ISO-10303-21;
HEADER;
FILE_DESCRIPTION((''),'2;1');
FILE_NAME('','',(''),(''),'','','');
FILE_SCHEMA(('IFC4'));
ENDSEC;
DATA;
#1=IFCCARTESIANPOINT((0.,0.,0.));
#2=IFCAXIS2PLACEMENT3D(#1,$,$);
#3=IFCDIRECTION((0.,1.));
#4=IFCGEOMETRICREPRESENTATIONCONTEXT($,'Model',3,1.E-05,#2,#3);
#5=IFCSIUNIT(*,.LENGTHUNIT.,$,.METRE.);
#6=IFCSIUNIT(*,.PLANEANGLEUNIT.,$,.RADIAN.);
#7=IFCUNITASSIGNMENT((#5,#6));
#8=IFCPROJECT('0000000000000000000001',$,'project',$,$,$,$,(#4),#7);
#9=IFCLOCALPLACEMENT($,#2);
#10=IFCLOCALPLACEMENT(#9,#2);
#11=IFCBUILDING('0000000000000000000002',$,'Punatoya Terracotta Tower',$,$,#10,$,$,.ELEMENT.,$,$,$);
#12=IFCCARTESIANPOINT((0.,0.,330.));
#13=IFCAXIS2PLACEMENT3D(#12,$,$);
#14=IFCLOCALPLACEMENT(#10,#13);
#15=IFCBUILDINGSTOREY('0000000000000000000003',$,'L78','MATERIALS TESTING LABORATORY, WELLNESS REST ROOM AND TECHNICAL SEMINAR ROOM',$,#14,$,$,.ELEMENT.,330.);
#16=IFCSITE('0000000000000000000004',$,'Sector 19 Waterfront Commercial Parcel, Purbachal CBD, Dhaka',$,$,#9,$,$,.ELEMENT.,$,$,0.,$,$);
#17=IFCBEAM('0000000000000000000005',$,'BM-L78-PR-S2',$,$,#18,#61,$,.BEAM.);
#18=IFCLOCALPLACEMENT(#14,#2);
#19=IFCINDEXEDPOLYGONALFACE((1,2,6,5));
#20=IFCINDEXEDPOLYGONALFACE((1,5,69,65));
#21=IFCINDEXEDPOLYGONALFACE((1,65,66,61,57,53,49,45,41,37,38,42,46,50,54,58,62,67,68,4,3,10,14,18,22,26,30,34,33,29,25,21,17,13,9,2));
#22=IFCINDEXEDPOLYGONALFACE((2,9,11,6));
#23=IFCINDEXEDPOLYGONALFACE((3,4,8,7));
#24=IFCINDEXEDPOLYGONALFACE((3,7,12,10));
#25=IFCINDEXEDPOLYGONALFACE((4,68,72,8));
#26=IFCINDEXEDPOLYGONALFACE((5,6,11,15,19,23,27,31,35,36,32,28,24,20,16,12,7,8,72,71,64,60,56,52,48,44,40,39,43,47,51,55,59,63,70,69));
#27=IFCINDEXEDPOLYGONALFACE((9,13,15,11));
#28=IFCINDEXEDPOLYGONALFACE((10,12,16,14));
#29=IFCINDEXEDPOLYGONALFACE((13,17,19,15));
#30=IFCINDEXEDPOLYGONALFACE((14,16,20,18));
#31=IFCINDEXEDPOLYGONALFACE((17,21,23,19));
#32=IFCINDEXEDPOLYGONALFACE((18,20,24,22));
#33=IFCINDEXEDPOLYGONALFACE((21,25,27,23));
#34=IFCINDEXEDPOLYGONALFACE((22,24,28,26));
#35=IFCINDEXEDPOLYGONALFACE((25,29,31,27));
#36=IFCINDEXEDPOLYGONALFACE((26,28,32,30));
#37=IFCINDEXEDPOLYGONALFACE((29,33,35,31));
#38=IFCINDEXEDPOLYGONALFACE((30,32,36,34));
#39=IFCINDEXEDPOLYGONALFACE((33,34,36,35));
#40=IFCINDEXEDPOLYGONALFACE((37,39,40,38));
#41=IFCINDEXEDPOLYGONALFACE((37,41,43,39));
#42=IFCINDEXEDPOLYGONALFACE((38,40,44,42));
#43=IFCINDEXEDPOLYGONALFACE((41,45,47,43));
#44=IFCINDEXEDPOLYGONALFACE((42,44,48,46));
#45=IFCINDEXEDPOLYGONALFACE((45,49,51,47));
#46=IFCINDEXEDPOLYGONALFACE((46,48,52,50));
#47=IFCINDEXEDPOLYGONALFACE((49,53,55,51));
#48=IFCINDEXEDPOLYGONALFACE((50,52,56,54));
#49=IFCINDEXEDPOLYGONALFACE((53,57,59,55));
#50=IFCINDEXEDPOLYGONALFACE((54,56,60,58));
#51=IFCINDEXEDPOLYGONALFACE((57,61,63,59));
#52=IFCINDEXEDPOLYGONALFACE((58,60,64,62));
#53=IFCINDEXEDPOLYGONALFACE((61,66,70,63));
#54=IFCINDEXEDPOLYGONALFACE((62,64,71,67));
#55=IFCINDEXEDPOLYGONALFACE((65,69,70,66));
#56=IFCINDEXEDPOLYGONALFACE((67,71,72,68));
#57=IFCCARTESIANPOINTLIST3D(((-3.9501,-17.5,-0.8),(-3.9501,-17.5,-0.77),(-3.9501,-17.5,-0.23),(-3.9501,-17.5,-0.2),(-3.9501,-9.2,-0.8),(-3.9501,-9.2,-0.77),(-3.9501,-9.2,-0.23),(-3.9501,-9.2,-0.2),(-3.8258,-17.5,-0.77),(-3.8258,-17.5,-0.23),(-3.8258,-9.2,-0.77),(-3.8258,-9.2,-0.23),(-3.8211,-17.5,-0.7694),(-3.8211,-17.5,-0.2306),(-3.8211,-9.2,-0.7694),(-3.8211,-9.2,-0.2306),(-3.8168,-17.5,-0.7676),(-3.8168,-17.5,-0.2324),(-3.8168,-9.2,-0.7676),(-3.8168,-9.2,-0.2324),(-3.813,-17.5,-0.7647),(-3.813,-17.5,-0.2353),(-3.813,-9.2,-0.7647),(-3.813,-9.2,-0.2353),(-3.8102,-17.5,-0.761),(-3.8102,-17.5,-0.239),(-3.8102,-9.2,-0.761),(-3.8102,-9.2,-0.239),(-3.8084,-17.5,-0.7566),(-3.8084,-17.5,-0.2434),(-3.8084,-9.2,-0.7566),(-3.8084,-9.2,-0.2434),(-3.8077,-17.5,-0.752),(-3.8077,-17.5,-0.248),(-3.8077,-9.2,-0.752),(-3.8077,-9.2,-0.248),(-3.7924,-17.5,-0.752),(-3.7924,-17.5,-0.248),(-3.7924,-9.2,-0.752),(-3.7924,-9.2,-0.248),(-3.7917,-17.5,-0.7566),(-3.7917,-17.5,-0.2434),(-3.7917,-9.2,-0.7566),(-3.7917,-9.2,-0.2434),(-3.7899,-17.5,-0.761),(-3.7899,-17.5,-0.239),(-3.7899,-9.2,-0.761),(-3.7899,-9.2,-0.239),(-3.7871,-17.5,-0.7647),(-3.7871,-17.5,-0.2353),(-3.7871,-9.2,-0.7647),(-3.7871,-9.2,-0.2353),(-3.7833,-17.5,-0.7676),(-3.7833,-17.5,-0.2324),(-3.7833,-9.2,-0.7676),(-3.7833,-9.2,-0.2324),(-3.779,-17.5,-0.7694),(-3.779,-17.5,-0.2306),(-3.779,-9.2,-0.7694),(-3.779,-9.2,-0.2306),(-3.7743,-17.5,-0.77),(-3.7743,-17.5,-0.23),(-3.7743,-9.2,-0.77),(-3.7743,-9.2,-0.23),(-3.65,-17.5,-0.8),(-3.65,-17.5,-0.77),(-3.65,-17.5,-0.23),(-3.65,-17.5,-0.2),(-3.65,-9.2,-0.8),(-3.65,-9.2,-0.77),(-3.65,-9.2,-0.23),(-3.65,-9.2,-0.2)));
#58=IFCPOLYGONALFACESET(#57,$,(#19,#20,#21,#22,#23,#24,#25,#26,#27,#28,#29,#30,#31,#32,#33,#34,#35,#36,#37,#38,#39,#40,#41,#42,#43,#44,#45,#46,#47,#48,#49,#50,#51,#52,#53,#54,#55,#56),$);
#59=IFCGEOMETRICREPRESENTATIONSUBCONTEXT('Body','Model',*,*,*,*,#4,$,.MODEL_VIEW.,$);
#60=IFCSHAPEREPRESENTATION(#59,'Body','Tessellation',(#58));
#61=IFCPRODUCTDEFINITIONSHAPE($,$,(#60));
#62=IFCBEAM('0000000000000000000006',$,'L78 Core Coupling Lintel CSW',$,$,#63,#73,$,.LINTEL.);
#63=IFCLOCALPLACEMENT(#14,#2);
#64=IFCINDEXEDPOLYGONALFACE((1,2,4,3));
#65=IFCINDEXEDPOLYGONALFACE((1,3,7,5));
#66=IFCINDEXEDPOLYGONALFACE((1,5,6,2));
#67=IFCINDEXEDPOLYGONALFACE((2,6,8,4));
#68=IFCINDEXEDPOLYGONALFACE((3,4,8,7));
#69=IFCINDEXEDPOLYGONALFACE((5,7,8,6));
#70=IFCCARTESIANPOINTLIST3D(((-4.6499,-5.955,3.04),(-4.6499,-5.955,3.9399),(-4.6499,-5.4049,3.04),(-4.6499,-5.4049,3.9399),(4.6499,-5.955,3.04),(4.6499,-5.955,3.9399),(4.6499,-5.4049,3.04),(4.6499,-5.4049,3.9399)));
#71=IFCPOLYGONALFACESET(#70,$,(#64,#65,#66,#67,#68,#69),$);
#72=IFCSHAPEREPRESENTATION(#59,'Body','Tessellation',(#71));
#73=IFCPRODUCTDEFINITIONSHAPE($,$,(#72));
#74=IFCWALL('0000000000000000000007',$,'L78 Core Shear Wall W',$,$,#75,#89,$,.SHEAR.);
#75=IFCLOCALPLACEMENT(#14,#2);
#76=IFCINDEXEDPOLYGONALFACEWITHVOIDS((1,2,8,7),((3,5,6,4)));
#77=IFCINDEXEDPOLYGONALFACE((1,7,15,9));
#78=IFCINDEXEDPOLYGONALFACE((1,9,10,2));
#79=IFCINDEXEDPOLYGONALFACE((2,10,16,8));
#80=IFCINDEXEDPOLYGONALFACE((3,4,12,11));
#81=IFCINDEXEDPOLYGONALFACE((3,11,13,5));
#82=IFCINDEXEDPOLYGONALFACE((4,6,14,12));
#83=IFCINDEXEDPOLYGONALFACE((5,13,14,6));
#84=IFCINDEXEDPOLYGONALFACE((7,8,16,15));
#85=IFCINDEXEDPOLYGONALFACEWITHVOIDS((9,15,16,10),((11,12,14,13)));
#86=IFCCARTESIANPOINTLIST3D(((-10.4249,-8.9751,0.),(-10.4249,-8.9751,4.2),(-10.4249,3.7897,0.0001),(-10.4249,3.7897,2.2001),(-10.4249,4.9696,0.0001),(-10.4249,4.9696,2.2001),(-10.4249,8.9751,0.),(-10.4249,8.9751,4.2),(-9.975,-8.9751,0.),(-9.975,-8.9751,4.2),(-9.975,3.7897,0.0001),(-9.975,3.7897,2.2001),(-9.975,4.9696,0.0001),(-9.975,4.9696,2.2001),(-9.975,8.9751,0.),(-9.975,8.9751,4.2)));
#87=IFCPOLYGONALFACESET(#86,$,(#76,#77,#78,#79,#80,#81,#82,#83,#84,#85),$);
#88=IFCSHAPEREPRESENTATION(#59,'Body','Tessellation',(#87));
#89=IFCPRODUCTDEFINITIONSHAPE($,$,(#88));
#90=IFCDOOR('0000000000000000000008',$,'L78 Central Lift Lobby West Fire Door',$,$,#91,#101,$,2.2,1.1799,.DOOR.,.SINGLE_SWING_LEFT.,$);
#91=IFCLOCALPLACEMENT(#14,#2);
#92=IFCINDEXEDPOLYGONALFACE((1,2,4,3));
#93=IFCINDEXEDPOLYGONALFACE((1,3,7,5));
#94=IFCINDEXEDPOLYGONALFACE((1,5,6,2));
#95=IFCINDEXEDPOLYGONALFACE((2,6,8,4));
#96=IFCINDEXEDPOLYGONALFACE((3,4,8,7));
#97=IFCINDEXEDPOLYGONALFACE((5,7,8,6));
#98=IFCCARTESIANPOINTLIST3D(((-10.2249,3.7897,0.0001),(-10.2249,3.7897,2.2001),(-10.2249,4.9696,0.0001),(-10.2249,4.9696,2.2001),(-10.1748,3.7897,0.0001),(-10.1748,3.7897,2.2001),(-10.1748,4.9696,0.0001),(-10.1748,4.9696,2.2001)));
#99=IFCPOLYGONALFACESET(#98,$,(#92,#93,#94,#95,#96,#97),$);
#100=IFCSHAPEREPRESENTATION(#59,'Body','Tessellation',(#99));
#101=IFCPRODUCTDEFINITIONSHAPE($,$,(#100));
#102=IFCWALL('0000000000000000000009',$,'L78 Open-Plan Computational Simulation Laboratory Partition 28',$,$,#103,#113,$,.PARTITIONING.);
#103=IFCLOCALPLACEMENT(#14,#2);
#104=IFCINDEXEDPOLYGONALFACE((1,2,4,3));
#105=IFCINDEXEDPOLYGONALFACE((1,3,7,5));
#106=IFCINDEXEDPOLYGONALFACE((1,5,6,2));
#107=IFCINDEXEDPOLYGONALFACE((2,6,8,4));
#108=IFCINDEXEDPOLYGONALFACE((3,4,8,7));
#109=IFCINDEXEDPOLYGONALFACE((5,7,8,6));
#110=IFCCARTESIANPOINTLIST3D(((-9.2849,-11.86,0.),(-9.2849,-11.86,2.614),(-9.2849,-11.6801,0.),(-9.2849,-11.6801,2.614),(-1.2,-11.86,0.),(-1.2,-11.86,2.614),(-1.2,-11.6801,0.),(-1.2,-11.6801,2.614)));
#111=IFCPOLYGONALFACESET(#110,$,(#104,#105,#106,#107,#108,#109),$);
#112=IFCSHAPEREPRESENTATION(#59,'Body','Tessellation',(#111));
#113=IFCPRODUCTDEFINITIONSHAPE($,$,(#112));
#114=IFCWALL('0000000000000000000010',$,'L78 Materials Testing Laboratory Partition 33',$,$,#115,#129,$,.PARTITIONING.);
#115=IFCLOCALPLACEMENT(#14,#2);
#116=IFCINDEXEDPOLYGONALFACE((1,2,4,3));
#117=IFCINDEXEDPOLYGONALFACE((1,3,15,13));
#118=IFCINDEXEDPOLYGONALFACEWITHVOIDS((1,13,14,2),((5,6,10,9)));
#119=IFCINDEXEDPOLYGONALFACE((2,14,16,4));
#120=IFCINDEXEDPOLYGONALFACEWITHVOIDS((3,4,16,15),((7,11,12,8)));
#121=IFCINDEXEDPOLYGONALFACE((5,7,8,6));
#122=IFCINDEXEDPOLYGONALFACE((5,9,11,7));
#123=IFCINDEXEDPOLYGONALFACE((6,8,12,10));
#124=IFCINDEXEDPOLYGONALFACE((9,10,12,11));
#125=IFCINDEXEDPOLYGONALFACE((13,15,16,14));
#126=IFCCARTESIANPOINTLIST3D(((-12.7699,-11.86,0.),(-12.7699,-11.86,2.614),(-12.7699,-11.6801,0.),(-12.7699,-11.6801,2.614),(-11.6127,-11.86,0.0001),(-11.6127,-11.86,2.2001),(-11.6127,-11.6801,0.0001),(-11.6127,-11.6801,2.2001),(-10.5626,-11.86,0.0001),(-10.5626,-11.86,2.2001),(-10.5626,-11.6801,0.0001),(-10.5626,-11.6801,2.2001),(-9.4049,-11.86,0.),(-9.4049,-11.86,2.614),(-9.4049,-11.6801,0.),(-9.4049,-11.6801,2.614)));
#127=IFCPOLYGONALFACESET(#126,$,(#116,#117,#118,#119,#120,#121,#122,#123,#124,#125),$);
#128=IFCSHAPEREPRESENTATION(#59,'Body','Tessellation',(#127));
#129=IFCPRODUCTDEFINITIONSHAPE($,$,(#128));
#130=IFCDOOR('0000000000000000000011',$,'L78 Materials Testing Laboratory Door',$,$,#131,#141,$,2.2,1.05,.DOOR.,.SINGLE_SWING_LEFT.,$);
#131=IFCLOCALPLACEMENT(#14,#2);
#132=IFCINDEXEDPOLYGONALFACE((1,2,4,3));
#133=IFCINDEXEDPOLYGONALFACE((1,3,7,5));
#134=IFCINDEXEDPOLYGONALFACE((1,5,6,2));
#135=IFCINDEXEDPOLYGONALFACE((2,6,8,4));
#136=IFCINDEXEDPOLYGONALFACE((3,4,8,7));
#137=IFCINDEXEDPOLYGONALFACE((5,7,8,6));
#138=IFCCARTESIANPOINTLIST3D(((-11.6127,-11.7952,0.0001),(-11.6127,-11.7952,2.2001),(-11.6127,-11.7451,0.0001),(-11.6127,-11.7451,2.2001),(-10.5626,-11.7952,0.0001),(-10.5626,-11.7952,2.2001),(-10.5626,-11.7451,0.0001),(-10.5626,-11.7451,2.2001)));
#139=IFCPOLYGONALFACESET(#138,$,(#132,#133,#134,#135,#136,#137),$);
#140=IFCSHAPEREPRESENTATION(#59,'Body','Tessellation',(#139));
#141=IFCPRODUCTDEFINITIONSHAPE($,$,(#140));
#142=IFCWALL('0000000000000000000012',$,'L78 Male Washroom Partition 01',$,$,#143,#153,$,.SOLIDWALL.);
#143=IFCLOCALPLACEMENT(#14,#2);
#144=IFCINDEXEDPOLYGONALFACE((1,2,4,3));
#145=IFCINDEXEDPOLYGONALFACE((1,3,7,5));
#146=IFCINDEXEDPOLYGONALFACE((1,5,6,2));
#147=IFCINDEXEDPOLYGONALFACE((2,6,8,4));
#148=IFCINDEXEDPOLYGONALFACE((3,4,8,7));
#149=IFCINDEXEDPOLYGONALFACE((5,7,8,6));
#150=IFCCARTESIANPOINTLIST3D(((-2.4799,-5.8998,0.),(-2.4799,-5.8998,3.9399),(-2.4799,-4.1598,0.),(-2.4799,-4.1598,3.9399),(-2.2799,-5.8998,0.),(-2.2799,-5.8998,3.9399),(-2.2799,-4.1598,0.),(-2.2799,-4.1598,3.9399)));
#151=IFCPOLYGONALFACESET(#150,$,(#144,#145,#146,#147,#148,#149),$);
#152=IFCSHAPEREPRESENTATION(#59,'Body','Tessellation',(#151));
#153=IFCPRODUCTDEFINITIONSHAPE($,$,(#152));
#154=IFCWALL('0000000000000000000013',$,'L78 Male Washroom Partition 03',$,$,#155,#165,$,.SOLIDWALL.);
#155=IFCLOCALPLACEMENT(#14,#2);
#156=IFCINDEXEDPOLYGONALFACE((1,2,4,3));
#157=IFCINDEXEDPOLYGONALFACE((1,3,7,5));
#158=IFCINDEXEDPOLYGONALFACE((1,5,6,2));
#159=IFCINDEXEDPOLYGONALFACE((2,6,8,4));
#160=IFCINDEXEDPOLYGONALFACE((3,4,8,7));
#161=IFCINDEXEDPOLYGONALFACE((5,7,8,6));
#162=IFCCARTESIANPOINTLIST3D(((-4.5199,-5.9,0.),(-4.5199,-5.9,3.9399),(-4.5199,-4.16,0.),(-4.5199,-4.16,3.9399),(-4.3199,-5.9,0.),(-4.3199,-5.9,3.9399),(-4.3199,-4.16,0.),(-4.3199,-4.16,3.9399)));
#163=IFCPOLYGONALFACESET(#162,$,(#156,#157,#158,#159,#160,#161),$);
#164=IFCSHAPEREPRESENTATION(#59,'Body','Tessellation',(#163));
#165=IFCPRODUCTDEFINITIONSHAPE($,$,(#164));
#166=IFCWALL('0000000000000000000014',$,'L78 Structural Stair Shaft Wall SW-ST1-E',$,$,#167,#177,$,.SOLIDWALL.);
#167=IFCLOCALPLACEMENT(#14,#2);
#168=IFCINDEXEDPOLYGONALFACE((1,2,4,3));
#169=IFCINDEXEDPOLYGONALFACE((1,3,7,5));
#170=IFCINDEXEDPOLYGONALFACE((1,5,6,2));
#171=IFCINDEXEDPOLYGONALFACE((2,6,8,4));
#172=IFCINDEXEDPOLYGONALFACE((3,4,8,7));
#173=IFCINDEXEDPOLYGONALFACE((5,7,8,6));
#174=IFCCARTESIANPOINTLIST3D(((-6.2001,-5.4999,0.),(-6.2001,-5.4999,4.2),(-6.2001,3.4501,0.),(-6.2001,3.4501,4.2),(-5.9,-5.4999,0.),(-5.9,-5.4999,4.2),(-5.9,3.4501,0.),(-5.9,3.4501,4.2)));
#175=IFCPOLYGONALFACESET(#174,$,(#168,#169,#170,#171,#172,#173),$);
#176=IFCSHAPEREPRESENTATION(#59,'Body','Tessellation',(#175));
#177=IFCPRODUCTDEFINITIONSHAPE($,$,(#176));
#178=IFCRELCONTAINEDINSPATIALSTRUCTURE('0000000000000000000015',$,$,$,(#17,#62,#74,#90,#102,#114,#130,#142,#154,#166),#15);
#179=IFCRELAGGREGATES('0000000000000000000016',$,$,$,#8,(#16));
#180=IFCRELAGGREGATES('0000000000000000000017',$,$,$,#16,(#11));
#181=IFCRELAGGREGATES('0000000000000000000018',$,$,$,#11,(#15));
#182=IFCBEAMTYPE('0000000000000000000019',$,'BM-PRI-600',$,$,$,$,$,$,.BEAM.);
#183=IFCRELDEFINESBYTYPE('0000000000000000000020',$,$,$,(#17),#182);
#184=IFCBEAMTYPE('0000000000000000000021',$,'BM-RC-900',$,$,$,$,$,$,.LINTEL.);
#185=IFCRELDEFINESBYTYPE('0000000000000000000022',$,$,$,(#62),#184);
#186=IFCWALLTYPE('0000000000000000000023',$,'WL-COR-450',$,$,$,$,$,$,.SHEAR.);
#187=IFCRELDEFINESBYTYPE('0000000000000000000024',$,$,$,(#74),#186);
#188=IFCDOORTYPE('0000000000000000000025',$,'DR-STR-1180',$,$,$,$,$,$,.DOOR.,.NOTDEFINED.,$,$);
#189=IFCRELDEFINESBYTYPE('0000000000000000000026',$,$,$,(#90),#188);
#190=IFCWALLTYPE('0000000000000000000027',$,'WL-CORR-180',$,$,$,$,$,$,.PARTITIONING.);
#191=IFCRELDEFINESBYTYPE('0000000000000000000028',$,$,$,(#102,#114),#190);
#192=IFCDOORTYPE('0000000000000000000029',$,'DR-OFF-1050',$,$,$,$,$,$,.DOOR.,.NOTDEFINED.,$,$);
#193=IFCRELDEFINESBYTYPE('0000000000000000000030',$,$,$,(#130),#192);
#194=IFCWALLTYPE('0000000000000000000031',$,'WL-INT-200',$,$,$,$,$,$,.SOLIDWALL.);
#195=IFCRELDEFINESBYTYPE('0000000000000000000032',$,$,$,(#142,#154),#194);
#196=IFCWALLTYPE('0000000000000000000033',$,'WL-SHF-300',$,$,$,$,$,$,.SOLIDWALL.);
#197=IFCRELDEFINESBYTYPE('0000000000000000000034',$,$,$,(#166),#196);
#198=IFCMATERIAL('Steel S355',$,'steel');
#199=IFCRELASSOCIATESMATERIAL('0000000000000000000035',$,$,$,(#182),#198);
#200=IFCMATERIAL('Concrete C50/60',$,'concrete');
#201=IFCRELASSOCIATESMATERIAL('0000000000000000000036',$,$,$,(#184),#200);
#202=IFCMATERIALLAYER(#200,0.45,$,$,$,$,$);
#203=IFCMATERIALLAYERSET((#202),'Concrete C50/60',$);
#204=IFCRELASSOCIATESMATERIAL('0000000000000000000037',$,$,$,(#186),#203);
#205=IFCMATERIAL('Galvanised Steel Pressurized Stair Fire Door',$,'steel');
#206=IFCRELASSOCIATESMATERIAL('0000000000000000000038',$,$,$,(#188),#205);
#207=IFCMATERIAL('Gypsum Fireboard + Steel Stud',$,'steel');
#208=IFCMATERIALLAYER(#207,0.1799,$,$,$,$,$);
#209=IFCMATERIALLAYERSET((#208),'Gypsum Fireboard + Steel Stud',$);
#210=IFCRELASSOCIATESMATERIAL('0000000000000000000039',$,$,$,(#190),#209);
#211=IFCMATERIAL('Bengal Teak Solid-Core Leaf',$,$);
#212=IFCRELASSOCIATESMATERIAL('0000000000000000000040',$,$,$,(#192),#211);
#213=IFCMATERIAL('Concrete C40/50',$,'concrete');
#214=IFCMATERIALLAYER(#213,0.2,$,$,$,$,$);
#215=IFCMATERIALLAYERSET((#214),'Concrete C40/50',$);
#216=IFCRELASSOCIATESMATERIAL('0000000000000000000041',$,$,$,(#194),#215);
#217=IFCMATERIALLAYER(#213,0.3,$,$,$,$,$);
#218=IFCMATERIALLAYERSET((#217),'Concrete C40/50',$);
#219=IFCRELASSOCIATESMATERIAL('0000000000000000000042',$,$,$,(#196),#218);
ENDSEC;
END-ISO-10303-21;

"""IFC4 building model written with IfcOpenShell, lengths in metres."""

from ifc_helpers import new_model, si_unit, direction, frame, frame_2d, origin, origin_2d, place, context, subcontext, project, spatial, rectangle, i_section, extrude, material, layer, layer_set, material_profile, profile_set, type_object, element, fill, save


model = new_model("IFC4")

# Units and contexts
model_context = context("Model", 3, precision=1e-05, world=origin(), true_north=direction((0.0, 1.0)))
body_context = subcontext(model_context, "Body", "Model", "MODEL_VIEW")
ifc_project = project(units=[si_unit("LENGTHUNIT", "METRE"), si_unit("PLANEANGLEUNIT", "RADIAN")], contexts=[model_context])

# Site, building, storey
site_placement = place(None, origin())
site = spatial("IfcSite", under=ifc_project, at=site_placement, Name="Sector 19 Waterfront Commercial Parcel, Purbachal CBD, Dhaka", CompositionType="ELEMENT", RefElevation=0.0)
building_placement = place(site_placement, origin())
building = spatial("IfcBuilding", under=site, at=building_placement, Name="Punatoya Terracotta Tower", CompositionType="ELEMENT")
storey_placement = place(building_placement, frame((0.0, 0.0, 330.0)))
storey = spatial("IfcBuildingStorey", under=building, at=storey_placement, Name="L78", Description="MATERIALS TESTING LABORATORY, WELLNESS REST ROOM AND TECHNICAL SEMINAR ROOM", CompositionType="ELEMENT", Elevation=330.0)

# Beams
ifc_material_1 = material(Name="Steel S355", Category="steel")
ifc_material_profile_1 = material_profile(ifc_material_1, i_section(OverallWidth=0.3, OverallDepth=0.6001, WebThickness=0.0154, FlangeThickness=0.03, FilletRadius=0.0181, at=origin_2d()))
ifc_profile_set_1 = profile_set([ifc_material_profile_1], Name="Steel S355")
beam_type_1 = type_object("IfcBeamType", Name="BM-PRI-600", PredefinedType="BEAM", material=ifc_profile_set_1)
beam_1_placement = place(storey_placement, frame((-3.8, -17.5, -0.5), z_axis=(0.0, 1.0, 0.0), x_axis=(-1.0, 0.0, 0.0)))
element("IfcBeam", 1, at=beam_1_placement, inside=storey, type_object=beam_type_1, Name="BM-L78-PR-S2", PredefinedType="BEAM", context=body_context, shape_type="SweptSolid", body=[
    extrude(i_section(OverallWidth=0.3, OverallDepth=0.6001, WebThickness=0.0154, FlangeThickness=0.03, FilletRadius=0.0181, at=origin_2d()), origin(), (0.0, 0.0, 1.0), 8.3),
])
ifc_material_2 = material(Name="Concrete C50/60", Category="concrete")
ifc_material_profile_2 = material_profile(ifc_material_2, rectangle(XDim=0.55, YDim=0.8999, at=origin_2d()))
ifc_profile_set_2 = profile_set([ifc_material_profile_2], Name="Concrete C50/60")
beam_type_2 = type_object("IfcBeamType", Name="BM-RC-900", PredefinedType="LINTEL", material=ifc_profile_set_2)
beam_2_placement = place(storey_placement, frame((-4.6499, -5.6799, 3.49), z_axis=(1.0, 0.0, 0.0), x_axis=(0.0, 1.0, 0.0)))
element("IfcBeam", 2, at=beam_2_placement, inside=storey, type_object=beam_type_2, Name="L78 Core Coupling Lintel CSW", PredefinedType="LINTEL", context=body_context, shape_type="SweptSolid", body=[
    extrude(rectangle(XDim=0.55, YDim=0.8999, at=origin_2d()), origin(), (0.0, 0.0, 1.0), 9.2998),
])

# Wall, opening, door
ifc_layer_1 = layer(ifc_material_2, 0.45)
ifc_layer_set_1 = layer_set([ifc_layer_1], Name="Concrete C50/60")
wall_type_1 = type_object("IfcWallType", Name="WL-COR-450", PredefinedType="SHEAR", material=ifc_layer_set_1)
wall_1_placement = place(storey_placement, frame((-10.2, -8.9751, 0.0), z_axis=(0.0, 0.0, 1.0), x_axis=(0.0, 1.0, 0.0)))
wall_1 = element("IfcWall", 3, at=wall_1_placement, inside=storey, type_object=wall_type_1, Name="L78 Core Shear Wall W", PredefinedType="SHEAR", context=body_context, shape_type="SweptSolid", body=[
    extrude(rectangle(XDim=17.9502, YDim=0.45, at=frame_2d((8.9751, 0.0))), origin(), (0.0, 0.0, 1.0), 4.2),
])
opening_1_placement = place(wall_1_placement, frame((12.7649, 0.0, 0.0)))
opening_1 = element("IfcOpeningElement", 4, at=opening_1_placement, cuts=wall_1, PredefinedType="OPENING", context=body_context, shape_type="SweptSolid", body=[
    extrude(rectangle(XDim=1.1799, YDim=2.2, at=frame_2d((0.5898, 1.1001))), frame((0.0, 0.2349, 0.0), z_axis=(0.0, -1.0, 0.0), x_axis=(1.0, 0.0, 0.0)), (0.0, 0.0, 1.0), 0.47),
])
ifc_material_3 = material(Name="Galvanised Steel Pressurized Stair Fire Door", Category="steel")
door_type_1 = type_object("IfcDoorType", Name="DR-STR-1180", OperationType="NOTDEFINED", PredefinedType="DOOR", material=ifc_material_3)
door_1_placement = place(opening_1_placement, origin())
door_1 = element("IfcDoor", 5, at=door_1_placement, inside=storey, type_object=door_type_1, Name="L78 Central Lift Lobby West Fire Door", OperationType="SINGLE_SWING_LEFT", OverallHeight=2.2, OverallWidth=1.1799, PredefinedType="DOOR", context=body_context, shape_type="SweptSolid", body=[
    extrude(rectangle(XDim=1.1799, YDim=2.2, at=frame_2d((0.5898, 1.1001))), frame((0.0, 0.0249, 0.0), z_axis=(0.0, -1.0, 0.0), x_axis=(1.0, 0.0, 0.0)), (0.0, 0.0, 1.0), 0.05),
])
fill(opening_1, door_1)

# Wall
ifc_material_4 = material(Name="Gypsum Fireboard + Steel Stud", Category="steel")
ifc_layer_2 = layer(ifc_material_4, 0.1799)
ifc_layer_set_2 = layer_set([ifc_layer_2], Name="Gypsum Fireboard + Steel Stud")
wall_type_2 = type_object("IfcWallType", Name="WL-CORR-180", PredefinedType="PARTITIONING", material=ifc_layer_set_2)
wall_2_placement = place(storey_placement, frame((-9.2849, -11.77, 0.0), z_axis=(0.0, 0.0, 1.0), x_axis=(1.0, 0.0, 0.0)))
element("IfcWall", 6, at=wall_2_placement, inside=storey, type_object=wall_type_2, Name="L78 Open-Plan Computational Simulation Laboratory Partition 28", PredefinedType="PARTITIONING", context=body_context, shape_type="SweptSolid", body=[
    extrude(rectangle(XDim=8.085, YDim=0.1799, at=frame_2d((4.0425, 0.0))), origin(), (0.0, 0.0, 1.0), 2.614),
])

# Wall, opening, door
wall_3_placement = place(storey_placement, frame((-12.77, -11.77, 0.0), z_axis=(0.0, 0.0, 1.0), x_axis=(1.0, 0.0, 0.0)))
wall_3 = element("IfcWall", 7, at=wall_3_placement, inside=storey, type_object=wall_type_2, Name="L78 Materials Testing Laboratory Partition 33", PredefinedType="PARTITIONING", context=body_context, shape_type="SweptSolid", body=[
    extrude(rectangle(XDim=3.365, YDim=0.1799, at=frame_2d((1.6826, 0.0))), origin(), (0.0, 0.0, 1.0), 2.614),
])
opening_2_placement = place(wall_3_placement, frame((1.1575, 0.0, 0.0)))
opening_2 = element("IfcOpeningElement", 8, at=opening_2_placement, cuts=wall_3, PredefinedType="OPENING", context=body_context, shape_type="SweptSolid", body=[
    extrude(rectangle(XDim=1.05, YDim=2.2, at=frame_2d((0.5249, 1.1001))), frame((0.0, 0.0999, 0.0), z_axis=(0.0, -1.0, 0.0), x_axis=(1.0, 0.0, 0.0)), (0.0, 0.0, 1.0), 0.2),
])
ifc_material_5 = material(Name="Bengal Teak Solid-Core Leaf")
door_type_2 = type_object("IfcDoorType", Name="DR-OFF-1050", OperationType="NOTDEFINED", PredefinedType="DOOR", material=ifc_material_5)
door_2_placement = place(opening_2_placement, origin())
door_2 = element("IfcDoor", 9, at=door_2_placement, inside=storey, type_object=door_type_2, Name="L78 Materials Testing Laboratory Door", OperationType="SINGLE_SWING_LEFT", OverallHeight=2.2, OverallWidth=1.05, PredefinedType="DOOR", context=body_context, shape_type="SweptSolid", body=[
    extrude(rectangle(XDim=1.05, YDim=2.2, at=frame_2d((0.5249, 1.1001))), frame((0.0, 0.0249, 0.0), z_axis=(0.0, -1.0, 0.0), x_axis=(1.0, 0.0, 0.0)), (0.0, 0.0, 1.0), 0.05),
])
fill(opening_2, door_2)

# Wall
ifc_material_6 = material(Name="Concrete C40/50", Category="concrete")
ifc_layer_3 = layer(ifc_material_6, 0.2)
ifc_layer_set_3 = layer_set([ifc_layer_3], Name="Concrete C40/50")
wall_type_3 = type_object("IfcWallType", Name="WL-INT-200", PredefinedType="SOLIDWALL", material=ifc_layer_set_3)
wall_4_placement = place(storey_placement, frame((-2.3799, -5.8999, 0.0), z_axis=(0.0, 0.0, 1.0), x_axis=(0.0, 1.0, 0.0)))
element("IfcWall", 10, at=wall_4_placement, inside=storey, type_object=wall_type_3, Name="L78 Male Washroom Partition 01", PredefinedType="SOLIDWALL", context=body_context, shape_type="SweptSolid", body=[
    extrude(rectangle(XDim=1.74, YDim=0.2, at=frame_2d((0.8701, 0.0))), origin(), (0.0, 0.0, 1.0), 3.9399),
])

# Walls
wall_5_placement = place(storey_placement, frame((-4.4199, -4.1599, 0.0), z_axis=(0.0, 0.0, 1.0), x_axis=(0.0, -1.0, 0.0)))
element("IfcWall", 11, at=wall_5_placement, inside=storey, type_object=wall_type_3, Name="L78 Male Washroom Partition 03", PredefinedType="SOLIDWALL", context=body_context, shape_type="SweptSolid", body=[
    extrude(rectangle(XDim=1.74, YDim=0.2, at=frame_2d((0.8701, 0.0))), origin(), (0.0, 0.0, 1.0), 3.9399),
])
ifc_layer_4 = layer(ifc_material_6, 0.3)
ifc_layer_set_4 = layer_set([ifc_layer_4], Name="Concrete C40/50")
wall_type_4 = type_object("IfcWallType", Name="WL-SHF-300", PredefinedType="SOLIDWALL", material=ifc_layer_set_4)
wall_6_placement = place(storey_placement, frame((-6.05, -5.5, 0.0), z_axis=(0.0, 0.0, 1.0), x_axis=(0.0, 1.0, 0.0)))
element("IfcWall", 12, at=wall_6_placement, inside=storey, type_object=wall_type_4, Name="L78 Structural Stair Shaft Wall SW-ST1-E", PredefinedType="SOLIDWALL", context=body_context, shape_type="SweptSolid", body=[
    extrude(rectangle(XDim=8.95, YDim=0.3, at=frame_2d((4.4751, 0.0))), origin(), (0.0, 0.0, 1.0), 4.2),
])

save(model, "model.ifc")
